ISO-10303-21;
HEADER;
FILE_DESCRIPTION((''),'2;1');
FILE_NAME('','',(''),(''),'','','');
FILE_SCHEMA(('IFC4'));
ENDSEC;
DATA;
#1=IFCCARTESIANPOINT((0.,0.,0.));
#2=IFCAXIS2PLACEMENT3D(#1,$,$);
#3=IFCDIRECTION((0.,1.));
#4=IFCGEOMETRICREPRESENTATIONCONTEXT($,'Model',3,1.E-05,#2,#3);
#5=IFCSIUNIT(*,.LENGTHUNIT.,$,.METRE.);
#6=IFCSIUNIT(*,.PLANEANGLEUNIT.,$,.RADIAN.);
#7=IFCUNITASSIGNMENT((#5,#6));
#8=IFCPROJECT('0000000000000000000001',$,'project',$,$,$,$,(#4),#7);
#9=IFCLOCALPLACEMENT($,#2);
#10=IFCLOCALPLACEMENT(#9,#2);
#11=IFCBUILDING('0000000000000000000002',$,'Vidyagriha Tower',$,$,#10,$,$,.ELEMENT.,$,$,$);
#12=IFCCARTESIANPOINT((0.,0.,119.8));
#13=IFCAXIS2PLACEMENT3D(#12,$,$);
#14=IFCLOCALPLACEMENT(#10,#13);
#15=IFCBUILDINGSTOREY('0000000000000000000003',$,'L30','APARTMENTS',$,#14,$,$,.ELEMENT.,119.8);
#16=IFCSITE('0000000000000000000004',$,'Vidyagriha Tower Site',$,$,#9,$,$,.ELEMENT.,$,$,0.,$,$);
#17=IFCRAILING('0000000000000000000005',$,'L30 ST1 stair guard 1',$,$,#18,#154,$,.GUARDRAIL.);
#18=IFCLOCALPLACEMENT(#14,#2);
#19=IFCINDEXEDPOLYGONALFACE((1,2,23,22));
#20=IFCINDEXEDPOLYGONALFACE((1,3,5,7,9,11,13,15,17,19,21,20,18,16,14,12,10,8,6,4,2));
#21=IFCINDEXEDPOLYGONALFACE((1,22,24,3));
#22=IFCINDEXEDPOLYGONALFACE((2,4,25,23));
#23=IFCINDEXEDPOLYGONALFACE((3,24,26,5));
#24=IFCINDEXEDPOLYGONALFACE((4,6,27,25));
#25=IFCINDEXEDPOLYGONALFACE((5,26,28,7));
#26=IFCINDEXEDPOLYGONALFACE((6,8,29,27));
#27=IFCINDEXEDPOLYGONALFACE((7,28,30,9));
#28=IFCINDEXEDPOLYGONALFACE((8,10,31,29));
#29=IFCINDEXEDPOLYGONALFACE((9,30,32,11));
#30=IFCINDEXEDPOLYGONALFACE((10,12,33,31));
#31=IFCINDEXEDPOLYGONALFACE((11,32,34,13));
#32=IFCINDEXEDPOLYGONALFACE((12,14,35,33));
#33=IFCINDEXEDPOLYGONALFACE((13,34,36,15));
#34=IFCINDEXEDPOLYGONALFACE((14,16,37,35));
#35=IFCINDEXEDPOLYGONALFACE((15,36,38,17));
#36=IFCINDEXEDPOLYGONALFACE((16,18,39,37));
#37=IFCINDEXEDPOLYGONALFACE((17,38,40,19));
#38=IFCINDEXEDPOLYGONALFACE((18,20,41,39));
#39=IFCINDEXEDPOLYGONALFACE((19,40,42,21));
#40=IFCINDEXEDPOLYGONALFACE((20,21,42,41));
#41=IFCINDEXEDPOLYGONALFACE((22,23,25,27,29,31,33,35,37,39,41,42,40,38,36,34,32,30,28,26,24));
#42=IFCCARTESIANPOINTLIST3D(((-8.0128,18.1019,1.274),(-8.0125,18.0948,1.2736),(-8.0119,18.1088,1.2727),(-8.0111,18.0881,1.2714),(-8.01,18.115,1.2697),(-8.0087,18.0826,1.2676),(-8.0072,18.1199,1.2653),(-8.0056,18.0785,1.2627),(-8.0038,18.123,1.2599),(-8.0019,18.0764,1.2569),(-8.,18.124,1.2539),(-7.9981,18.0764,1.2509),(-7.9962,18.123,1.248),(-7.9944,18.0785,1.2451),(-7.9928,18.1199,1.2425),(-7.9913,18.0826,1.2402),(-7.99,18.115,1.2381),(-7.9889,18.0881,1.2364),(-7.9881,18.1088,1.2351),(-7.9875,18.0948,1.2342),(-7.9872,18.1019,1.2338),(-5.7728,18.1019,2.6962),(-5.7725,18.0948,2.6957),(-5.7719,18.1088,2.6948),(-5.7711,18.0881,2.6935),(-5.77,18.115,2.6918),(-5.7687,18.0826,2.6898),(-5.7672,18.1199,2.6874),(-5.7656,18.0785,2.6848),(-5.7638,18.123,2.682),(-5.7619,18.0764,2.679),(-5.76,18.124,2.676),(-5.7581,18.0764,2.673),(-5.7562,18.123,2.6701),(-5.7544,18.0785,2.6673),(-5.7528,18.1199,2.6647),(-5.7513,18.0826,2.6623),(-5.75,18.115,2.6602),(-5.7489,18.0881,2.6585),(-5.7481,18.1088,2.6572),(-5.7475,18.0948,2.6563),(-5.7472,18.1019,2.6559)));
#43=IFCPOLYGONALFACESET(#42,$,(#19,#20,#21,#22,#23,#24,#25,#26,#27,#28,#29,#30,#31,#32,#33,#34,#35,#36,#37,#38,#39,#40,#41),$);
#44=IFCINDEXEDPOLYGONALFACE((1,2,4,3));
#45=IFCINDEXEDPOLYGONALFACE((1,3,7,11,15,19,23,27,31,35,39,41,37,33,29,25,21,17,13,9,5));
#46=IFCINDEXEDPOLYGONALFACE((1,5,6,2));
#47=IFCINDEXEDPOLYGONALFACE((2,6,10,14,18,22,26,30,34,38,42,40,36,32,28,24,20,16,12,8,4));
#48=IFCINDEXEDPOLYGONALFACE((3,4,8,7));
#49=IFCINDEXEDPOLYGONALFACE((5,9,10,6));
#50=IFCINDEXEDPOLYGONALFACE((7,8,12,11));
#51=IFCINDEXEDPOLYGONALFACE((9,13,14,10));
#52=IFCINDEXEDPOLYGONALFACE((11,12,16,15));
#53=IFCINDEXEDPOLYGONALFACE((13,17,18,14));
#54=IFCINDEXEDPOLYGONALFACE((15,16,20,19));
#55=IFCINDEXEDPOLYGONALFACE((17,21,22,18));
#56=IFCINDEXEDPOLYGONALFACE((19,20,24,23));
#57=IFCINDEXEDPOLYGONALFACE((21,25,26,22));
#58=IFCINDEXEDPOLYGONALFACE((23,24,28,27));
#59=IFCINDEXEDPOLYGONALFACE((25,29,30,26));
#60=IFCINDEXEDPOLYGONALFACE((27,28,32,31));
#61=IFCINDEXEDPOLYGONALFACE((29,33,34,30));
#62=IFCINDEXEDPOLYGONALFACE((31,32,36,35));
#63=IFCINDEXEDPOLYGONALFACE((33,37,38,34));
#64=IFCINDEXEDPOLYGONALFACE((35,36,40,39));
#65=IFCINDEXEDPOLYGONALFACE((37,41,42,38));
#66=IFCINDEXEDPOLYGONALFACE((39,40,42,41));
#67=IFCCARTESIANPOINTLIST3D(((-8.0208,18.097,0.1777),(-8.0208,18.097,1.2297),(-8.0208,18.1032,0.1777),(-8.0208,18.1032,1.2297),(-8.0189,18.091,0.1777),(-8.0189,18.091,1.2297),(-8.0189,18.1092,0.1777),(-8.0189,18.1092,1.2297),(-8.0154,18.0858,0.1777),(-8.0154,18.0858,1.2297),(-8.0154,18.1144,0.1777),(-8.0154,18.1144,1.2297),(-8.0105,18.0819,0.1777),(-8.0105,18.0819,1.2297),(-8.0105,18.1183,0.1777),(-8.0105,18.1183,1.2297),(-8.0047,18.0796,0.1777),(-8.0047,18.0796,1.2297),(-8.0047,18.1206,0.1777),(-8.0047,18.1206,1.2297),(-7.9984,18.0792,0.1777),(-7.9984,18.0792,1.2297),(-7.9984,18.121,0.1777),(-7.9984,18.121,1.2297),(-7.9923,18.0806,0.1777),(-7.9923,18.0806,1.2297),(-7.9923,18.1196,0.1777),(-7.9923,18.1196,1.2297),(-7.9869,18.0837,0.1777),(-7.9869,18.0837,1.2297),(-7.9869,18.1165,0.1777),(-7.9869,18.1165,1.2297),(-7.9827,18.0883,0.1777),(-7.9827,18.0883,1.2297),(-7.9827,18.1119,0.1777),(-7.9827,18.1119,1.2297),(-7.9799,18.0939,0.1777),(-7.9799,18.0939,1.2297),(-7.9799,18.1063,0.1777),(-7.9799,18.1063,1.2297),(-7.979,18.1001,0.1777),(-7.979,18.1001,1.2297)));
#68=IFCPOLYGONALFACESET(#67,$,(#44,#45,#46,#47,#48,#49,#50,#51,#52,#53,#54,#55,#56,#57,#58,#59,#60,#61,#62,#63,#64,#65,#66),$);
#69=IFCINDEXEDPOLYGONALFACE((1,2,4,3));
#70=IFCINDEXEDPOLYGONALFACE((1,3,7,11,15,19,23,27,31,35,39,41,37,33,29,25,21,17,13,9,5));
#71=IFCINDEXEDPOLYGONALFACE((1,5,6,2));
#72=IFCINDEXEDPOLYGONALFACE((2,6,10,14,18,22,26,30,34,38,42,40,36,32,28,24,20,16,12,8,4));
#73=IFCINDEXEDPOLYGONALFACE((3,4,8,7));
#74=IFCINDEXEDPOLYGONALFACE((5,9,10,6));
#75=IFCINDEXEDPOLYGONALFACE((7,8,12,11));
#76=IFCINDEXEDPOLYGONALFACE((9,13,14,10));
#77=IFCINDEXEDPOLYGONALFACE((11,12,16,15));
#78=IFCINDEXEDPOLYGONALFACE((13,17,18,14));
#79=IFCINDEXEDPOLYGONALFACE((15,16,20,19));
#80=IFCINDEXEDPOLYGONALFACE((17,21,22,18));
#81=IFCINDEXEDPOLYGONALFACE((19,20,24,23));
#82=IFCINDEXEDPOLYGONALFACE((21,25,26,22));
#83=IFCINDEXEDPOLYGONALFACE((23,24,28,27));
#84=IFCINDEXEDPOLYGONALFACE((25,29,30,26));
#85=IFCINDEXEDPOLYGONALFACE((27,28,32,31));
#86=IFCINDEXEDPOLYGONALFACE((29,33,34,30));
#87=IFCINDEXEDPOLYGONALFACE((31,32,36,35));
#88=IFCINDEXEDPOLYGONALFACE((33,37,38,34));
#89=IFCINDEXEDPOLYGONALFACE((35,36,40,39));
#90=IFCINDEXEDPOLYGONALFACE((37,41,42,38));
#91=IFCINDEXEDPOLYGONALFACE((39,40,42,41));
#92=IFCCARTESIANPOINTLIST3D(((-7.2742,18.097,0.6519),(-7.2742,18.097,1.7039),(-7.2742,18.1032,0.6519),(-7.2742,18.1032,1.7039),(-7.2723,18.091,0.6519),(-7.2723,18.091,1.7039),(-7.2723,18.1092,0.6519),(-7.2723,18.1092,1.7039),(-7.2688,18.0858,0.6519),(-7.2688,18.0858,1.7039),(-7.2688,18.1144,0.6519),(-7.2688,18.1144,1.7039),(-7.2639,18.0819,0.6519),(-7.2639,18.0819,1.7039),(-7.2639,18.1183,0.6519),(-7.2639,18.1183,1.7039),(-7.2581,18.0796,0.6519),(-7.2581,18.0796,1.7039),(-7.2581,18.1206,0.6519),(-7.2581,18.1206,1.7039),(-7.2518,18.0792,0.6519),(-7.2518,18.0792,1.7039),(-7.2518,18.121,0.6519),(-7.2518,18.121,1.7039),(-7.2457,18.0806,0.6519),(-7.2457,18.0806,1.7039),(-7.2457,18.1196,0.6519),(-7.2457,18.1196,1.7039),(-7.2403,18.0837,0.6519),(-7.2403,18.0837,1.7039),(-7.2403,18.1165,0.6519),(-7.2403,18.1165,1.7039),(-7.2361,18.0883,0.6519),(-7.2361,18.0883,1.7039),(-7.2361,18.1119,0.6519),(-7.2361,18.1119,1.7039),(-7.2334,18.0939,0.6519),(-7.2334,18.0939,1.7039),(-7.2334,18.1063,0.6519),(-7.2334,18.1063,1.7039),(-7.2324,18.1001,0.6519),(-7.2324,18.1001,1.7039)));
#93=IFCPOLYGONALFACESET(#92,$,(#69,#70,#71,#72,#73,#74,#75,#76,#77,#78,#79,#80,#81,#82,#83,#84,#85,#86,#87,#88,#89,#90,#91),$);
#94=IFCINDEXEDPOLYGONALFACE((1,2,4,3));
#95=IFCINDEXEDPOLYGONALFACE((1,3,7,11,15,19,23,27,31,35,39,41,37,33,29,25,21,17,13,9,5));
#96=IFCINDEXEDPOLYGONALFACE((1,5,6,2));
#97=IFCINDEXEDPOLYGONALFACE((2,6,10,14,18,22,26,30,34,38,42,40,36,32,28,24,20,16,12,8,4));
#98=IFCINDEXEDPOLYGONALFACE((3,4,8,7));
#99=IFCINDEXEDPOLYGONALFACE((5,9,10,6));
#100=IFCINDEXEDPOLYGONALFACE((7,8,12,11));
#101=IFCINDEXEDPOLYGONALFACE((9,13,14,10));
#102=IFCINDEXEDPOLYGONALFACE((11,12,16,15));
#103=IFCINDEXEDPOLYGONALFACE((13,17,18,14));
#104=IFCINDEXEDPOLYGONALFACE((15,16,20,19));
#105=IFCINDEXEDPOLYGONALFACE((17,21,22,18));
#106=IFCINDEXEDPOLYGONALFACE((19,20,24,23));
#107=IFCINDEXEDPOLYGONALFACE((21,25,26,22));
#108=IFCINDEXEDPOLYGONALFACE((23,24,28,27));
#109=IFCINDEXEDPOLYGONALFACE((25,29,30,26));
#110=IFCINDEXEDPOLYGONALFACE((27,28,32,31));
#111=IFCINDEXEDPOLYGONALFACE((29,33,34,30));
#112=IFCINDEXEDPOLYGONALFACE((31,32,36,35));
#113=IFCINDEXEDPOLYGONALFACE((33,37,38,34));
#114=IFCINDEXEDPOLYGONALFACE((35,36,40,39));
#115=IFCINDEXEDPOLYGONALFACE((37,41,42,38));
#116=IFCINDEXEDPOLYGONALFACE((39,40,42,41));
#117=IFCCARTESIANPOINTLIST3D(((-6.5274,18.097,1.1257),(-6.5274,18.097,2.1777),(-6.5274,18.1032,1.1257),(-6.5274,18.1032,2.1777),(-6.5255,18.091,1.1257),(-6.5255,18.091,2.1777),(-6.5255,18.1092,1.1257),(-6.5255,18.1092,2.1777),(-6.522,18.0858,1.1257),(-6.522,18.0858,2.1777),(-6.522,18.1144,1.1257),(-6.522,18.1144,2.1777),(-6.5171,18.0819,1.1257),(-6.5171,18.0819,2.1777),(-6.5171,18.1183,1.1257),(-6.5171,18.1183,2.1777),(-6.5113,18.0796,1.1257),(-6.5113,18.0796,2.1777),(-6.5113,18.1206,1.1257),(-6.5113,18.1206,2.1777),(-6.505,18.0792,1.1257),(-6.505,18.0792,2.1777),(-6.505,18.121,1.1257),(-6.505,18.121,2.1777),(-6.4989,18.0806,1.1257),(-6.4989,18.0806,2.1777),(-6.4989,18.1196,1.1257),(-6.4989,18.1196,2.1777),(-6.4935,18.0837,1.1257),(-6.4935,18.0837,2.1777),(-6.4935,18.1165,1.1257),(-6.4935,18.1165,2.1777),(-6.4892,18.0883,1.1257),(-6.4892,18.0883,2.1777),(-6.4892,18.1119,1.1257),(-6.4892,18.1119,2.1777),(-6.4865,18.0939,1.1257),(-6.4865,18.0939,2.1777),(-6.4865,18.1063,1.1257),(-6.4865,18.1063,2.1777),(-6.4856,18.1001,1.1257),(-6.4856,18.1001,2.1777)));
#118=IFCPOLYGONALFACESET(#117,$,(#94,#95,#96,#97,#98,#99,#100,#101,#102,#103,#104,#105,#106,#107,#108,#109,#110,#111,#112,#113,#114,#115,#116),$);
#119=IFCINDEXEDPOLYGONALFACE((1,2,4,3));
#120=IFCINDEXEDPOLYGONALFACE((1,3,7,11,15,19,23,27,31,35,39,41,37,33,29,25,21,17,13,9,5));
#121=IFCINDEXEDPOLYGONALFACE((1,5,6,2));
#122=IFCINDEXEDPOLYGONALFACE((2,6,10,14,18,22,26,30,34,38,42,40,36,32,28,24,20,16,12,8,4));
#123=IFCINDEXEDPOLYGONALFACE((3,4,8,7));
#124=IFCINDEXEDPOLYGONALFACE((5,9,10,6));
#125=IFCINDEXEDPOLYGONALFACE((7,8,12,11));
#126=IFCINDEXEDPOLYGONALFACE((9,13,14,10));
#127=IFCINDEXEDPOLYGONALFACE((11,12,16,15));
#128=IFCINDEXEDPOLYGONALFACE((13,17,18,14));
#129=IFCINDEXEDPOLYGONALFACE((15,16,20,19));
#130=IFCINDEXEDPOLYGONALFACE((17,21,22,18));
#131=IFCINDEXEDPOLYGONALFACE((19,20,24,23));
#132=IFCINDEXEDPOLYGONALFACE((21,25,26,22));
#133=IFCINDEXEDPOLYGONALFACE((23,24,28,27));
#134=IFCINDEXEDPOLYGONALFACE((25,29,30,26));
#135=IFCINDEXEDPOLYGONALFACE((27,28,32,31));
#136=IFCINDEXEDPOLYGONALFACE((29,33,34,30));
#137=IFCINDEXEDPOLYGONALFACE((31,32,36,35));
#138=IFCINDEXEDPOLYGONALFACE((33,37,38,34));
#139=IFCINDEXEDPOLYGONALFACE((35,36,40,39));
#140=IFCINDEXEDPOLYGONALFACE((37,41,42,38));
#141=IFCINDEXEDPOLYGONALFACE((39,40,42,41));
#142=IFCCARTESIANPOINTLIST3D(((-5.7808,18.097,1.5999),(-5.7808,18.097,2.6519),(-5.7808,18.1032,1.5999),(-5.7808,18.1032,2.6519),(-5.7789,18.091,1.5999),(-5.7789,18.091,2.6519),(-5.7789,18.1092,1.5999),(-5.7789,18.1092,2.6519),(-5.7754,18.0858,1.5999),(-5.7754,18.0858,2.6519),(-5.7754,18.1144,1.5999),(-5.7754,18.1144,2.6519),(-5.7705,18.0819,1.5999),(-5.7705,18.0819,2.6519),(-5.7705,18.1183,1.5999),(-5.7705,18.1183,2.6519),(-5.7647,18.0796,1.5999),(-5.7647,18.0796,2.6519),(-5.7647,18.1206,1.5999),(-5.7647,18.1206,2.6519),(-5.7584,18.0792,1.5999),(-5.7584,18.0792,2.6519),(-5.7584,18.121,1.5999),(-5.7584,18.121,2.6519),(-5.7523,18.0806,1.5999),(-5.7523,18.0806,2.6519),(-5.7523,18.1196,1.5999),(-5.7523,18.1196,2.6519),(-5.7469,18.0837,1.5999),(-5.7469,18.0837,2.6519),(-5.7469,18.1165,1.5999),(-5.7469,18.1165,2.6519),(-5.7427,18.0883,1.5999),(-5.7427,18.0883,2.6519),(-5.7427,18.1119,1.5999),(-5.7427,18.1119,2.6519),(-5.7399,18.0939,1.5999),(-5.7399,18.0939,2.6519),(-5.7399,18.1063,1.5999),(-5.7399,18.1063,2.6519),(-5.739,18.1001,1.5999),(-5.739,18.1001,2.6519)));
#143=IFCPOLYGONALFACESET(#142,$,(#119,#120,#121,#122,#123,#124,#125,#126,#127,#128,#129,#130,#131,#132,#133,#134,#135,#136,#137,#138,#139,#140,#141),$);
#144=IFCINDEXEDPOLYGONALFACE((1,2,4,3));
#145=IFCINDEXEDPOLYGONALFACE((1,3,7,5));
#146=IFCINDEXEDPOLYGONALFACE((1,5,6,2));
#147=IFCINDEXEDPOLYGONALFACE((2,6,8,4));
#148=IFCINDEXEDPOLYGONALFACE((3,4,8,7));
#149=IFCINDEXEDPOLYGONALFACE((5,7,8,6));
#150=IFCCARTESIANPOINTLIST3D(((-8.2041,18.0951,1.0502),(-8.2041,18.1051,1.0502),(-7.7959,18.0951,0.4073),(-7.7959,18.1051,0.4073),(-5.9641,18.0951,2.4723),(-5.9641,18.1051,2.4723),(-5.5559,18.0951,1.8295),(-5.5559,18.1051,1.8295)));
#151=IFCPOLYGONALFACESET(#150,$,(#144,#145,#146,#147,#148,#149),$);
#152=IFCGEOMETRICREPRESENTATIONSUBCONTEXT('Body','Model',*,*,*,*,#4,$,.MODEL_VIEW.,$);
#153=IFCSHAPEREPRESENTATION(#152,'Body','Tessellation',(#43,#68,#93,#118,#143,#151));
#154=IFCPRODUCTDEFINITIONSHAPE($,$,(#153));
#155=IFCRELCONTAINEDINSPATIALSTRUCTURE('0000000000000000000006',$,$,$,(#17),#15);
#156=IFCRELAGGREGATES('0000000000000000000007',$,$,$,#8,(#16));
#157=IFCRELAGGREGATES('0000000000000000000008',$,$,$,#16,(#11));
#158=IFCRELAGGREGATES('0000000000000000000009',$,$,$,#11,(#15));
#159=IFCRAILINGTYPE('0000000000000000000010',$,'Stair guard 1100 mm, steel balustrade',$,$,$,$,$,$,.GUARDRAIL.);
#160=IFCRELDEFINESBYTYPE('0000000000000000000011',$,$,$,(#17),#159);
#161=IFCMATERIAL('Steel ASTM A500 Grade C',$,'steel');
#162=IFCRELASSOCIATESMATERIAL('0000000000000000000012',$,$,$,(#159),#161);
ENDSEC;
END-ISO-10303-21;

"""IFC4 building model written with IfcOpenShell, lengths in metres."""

from ifc_helpers import new_model, si_unit, direction, frame, origin, origin_2d, place, context, subcontext, project, spatial, rectangle, circle, extrude, material, type_object, element, save


model = new_model("IFC4")

# Units and contexts
model_context = context("Model", 3, precision=1e-05, world=origin(), true_north=direction((0.0, 1.0)))
body_context = subcontext(model_context, "Body", "Model", "MODEL_VIEW")
ifc_project = project(units=[si_unit("LENGTHUNIT", "METRE"), si_unit("PLANEANGLEUNIT", "RADIAN")], contexts=[model_context])

# Site, building, storey
site_placement = place(None, origin())
site = spatial("IfcSite", under=ifc_project, at=site_placement, Name="Vidyagriha Tower Site", CompositionType="ELEMENT", RefElevation=0.0)
building_placement = place(site_placement, origin())
building = spatial("IfcBuilding", under=site, at=building_placement, Name="Vidyagriha Tower", CompositionType="ELEMENT")
storey_placement = place(building_placement, frame((0.0, 0.0, 119.8)))
storey = spatial("IfcBuildingStorey", under=building, at=storey_placement, Name="L30", Description="APARTMENTS", CompositionType="ELEMENT", Elevation=119.8)

# Railing
ifc_material_1 = material(Name="Steel ASTM A500 Grade C", Category="steel")
railing_type_1 = type_object("IfcRailingType", Name="Stair guard 1100 mm, steel balustrade", PredefinedType="GUARDRAIL", material=ifc_material_1)
railing_1_placement = place(storey_placement, frame((-8.0, 18.1001, 0.1777)))
element("IfcRailing", 1, at=railing_1_placement, inside=storey, type_object=railing_type_1, Name="L30 ST1 stair guard 1", PredefinedType="GUARDRAIL", context=body_context, shape_type="SweptSolid", body=[
    extrude(circle(Radius=0.0239, at=origin_2d()), frame((0.0, 0.0, 1.0762), z_axis=(0.844229, 0.0, 0.535982), x_axis=(0.0, 1.0, 0.0)), (0.0, 0.0, 1.0), 2.6533),
    extrude(circle(Radius=0.021, at=origin_2d()), origin(), (0.0, 0.0, 1.0), 1.052),
    extrude(circle(Radius=0.021, at=origin_2d()), frame((0.7466, 0.0, 0.4741)), (0.0, 0.0, 1.0), 1.052),
    extrude(circle(Radius=0.021, at=origin_2d()), frame((1.4934, 0.0, 0.948)), (0.0, 0.0, 1.0), 1.052),
    extrude(circle(Radius=0.021, at=origin_2d()), frame((2.24, 0.0, 1.4221)), (0.0, 0.0, 1.0), 1.052),
    extrude(rectangle(XDim=0.01, YDim=0.7615, at=origin_2d()), frame((0.0, 0.0, 0.551), z_axis=(0.844229, 0.0, 0.535982), x_axis=(0.0, 1.0, 0.0)), (0.0, 0.0, 1.0), 2.6533),
])

save(model, "model.ifc")
